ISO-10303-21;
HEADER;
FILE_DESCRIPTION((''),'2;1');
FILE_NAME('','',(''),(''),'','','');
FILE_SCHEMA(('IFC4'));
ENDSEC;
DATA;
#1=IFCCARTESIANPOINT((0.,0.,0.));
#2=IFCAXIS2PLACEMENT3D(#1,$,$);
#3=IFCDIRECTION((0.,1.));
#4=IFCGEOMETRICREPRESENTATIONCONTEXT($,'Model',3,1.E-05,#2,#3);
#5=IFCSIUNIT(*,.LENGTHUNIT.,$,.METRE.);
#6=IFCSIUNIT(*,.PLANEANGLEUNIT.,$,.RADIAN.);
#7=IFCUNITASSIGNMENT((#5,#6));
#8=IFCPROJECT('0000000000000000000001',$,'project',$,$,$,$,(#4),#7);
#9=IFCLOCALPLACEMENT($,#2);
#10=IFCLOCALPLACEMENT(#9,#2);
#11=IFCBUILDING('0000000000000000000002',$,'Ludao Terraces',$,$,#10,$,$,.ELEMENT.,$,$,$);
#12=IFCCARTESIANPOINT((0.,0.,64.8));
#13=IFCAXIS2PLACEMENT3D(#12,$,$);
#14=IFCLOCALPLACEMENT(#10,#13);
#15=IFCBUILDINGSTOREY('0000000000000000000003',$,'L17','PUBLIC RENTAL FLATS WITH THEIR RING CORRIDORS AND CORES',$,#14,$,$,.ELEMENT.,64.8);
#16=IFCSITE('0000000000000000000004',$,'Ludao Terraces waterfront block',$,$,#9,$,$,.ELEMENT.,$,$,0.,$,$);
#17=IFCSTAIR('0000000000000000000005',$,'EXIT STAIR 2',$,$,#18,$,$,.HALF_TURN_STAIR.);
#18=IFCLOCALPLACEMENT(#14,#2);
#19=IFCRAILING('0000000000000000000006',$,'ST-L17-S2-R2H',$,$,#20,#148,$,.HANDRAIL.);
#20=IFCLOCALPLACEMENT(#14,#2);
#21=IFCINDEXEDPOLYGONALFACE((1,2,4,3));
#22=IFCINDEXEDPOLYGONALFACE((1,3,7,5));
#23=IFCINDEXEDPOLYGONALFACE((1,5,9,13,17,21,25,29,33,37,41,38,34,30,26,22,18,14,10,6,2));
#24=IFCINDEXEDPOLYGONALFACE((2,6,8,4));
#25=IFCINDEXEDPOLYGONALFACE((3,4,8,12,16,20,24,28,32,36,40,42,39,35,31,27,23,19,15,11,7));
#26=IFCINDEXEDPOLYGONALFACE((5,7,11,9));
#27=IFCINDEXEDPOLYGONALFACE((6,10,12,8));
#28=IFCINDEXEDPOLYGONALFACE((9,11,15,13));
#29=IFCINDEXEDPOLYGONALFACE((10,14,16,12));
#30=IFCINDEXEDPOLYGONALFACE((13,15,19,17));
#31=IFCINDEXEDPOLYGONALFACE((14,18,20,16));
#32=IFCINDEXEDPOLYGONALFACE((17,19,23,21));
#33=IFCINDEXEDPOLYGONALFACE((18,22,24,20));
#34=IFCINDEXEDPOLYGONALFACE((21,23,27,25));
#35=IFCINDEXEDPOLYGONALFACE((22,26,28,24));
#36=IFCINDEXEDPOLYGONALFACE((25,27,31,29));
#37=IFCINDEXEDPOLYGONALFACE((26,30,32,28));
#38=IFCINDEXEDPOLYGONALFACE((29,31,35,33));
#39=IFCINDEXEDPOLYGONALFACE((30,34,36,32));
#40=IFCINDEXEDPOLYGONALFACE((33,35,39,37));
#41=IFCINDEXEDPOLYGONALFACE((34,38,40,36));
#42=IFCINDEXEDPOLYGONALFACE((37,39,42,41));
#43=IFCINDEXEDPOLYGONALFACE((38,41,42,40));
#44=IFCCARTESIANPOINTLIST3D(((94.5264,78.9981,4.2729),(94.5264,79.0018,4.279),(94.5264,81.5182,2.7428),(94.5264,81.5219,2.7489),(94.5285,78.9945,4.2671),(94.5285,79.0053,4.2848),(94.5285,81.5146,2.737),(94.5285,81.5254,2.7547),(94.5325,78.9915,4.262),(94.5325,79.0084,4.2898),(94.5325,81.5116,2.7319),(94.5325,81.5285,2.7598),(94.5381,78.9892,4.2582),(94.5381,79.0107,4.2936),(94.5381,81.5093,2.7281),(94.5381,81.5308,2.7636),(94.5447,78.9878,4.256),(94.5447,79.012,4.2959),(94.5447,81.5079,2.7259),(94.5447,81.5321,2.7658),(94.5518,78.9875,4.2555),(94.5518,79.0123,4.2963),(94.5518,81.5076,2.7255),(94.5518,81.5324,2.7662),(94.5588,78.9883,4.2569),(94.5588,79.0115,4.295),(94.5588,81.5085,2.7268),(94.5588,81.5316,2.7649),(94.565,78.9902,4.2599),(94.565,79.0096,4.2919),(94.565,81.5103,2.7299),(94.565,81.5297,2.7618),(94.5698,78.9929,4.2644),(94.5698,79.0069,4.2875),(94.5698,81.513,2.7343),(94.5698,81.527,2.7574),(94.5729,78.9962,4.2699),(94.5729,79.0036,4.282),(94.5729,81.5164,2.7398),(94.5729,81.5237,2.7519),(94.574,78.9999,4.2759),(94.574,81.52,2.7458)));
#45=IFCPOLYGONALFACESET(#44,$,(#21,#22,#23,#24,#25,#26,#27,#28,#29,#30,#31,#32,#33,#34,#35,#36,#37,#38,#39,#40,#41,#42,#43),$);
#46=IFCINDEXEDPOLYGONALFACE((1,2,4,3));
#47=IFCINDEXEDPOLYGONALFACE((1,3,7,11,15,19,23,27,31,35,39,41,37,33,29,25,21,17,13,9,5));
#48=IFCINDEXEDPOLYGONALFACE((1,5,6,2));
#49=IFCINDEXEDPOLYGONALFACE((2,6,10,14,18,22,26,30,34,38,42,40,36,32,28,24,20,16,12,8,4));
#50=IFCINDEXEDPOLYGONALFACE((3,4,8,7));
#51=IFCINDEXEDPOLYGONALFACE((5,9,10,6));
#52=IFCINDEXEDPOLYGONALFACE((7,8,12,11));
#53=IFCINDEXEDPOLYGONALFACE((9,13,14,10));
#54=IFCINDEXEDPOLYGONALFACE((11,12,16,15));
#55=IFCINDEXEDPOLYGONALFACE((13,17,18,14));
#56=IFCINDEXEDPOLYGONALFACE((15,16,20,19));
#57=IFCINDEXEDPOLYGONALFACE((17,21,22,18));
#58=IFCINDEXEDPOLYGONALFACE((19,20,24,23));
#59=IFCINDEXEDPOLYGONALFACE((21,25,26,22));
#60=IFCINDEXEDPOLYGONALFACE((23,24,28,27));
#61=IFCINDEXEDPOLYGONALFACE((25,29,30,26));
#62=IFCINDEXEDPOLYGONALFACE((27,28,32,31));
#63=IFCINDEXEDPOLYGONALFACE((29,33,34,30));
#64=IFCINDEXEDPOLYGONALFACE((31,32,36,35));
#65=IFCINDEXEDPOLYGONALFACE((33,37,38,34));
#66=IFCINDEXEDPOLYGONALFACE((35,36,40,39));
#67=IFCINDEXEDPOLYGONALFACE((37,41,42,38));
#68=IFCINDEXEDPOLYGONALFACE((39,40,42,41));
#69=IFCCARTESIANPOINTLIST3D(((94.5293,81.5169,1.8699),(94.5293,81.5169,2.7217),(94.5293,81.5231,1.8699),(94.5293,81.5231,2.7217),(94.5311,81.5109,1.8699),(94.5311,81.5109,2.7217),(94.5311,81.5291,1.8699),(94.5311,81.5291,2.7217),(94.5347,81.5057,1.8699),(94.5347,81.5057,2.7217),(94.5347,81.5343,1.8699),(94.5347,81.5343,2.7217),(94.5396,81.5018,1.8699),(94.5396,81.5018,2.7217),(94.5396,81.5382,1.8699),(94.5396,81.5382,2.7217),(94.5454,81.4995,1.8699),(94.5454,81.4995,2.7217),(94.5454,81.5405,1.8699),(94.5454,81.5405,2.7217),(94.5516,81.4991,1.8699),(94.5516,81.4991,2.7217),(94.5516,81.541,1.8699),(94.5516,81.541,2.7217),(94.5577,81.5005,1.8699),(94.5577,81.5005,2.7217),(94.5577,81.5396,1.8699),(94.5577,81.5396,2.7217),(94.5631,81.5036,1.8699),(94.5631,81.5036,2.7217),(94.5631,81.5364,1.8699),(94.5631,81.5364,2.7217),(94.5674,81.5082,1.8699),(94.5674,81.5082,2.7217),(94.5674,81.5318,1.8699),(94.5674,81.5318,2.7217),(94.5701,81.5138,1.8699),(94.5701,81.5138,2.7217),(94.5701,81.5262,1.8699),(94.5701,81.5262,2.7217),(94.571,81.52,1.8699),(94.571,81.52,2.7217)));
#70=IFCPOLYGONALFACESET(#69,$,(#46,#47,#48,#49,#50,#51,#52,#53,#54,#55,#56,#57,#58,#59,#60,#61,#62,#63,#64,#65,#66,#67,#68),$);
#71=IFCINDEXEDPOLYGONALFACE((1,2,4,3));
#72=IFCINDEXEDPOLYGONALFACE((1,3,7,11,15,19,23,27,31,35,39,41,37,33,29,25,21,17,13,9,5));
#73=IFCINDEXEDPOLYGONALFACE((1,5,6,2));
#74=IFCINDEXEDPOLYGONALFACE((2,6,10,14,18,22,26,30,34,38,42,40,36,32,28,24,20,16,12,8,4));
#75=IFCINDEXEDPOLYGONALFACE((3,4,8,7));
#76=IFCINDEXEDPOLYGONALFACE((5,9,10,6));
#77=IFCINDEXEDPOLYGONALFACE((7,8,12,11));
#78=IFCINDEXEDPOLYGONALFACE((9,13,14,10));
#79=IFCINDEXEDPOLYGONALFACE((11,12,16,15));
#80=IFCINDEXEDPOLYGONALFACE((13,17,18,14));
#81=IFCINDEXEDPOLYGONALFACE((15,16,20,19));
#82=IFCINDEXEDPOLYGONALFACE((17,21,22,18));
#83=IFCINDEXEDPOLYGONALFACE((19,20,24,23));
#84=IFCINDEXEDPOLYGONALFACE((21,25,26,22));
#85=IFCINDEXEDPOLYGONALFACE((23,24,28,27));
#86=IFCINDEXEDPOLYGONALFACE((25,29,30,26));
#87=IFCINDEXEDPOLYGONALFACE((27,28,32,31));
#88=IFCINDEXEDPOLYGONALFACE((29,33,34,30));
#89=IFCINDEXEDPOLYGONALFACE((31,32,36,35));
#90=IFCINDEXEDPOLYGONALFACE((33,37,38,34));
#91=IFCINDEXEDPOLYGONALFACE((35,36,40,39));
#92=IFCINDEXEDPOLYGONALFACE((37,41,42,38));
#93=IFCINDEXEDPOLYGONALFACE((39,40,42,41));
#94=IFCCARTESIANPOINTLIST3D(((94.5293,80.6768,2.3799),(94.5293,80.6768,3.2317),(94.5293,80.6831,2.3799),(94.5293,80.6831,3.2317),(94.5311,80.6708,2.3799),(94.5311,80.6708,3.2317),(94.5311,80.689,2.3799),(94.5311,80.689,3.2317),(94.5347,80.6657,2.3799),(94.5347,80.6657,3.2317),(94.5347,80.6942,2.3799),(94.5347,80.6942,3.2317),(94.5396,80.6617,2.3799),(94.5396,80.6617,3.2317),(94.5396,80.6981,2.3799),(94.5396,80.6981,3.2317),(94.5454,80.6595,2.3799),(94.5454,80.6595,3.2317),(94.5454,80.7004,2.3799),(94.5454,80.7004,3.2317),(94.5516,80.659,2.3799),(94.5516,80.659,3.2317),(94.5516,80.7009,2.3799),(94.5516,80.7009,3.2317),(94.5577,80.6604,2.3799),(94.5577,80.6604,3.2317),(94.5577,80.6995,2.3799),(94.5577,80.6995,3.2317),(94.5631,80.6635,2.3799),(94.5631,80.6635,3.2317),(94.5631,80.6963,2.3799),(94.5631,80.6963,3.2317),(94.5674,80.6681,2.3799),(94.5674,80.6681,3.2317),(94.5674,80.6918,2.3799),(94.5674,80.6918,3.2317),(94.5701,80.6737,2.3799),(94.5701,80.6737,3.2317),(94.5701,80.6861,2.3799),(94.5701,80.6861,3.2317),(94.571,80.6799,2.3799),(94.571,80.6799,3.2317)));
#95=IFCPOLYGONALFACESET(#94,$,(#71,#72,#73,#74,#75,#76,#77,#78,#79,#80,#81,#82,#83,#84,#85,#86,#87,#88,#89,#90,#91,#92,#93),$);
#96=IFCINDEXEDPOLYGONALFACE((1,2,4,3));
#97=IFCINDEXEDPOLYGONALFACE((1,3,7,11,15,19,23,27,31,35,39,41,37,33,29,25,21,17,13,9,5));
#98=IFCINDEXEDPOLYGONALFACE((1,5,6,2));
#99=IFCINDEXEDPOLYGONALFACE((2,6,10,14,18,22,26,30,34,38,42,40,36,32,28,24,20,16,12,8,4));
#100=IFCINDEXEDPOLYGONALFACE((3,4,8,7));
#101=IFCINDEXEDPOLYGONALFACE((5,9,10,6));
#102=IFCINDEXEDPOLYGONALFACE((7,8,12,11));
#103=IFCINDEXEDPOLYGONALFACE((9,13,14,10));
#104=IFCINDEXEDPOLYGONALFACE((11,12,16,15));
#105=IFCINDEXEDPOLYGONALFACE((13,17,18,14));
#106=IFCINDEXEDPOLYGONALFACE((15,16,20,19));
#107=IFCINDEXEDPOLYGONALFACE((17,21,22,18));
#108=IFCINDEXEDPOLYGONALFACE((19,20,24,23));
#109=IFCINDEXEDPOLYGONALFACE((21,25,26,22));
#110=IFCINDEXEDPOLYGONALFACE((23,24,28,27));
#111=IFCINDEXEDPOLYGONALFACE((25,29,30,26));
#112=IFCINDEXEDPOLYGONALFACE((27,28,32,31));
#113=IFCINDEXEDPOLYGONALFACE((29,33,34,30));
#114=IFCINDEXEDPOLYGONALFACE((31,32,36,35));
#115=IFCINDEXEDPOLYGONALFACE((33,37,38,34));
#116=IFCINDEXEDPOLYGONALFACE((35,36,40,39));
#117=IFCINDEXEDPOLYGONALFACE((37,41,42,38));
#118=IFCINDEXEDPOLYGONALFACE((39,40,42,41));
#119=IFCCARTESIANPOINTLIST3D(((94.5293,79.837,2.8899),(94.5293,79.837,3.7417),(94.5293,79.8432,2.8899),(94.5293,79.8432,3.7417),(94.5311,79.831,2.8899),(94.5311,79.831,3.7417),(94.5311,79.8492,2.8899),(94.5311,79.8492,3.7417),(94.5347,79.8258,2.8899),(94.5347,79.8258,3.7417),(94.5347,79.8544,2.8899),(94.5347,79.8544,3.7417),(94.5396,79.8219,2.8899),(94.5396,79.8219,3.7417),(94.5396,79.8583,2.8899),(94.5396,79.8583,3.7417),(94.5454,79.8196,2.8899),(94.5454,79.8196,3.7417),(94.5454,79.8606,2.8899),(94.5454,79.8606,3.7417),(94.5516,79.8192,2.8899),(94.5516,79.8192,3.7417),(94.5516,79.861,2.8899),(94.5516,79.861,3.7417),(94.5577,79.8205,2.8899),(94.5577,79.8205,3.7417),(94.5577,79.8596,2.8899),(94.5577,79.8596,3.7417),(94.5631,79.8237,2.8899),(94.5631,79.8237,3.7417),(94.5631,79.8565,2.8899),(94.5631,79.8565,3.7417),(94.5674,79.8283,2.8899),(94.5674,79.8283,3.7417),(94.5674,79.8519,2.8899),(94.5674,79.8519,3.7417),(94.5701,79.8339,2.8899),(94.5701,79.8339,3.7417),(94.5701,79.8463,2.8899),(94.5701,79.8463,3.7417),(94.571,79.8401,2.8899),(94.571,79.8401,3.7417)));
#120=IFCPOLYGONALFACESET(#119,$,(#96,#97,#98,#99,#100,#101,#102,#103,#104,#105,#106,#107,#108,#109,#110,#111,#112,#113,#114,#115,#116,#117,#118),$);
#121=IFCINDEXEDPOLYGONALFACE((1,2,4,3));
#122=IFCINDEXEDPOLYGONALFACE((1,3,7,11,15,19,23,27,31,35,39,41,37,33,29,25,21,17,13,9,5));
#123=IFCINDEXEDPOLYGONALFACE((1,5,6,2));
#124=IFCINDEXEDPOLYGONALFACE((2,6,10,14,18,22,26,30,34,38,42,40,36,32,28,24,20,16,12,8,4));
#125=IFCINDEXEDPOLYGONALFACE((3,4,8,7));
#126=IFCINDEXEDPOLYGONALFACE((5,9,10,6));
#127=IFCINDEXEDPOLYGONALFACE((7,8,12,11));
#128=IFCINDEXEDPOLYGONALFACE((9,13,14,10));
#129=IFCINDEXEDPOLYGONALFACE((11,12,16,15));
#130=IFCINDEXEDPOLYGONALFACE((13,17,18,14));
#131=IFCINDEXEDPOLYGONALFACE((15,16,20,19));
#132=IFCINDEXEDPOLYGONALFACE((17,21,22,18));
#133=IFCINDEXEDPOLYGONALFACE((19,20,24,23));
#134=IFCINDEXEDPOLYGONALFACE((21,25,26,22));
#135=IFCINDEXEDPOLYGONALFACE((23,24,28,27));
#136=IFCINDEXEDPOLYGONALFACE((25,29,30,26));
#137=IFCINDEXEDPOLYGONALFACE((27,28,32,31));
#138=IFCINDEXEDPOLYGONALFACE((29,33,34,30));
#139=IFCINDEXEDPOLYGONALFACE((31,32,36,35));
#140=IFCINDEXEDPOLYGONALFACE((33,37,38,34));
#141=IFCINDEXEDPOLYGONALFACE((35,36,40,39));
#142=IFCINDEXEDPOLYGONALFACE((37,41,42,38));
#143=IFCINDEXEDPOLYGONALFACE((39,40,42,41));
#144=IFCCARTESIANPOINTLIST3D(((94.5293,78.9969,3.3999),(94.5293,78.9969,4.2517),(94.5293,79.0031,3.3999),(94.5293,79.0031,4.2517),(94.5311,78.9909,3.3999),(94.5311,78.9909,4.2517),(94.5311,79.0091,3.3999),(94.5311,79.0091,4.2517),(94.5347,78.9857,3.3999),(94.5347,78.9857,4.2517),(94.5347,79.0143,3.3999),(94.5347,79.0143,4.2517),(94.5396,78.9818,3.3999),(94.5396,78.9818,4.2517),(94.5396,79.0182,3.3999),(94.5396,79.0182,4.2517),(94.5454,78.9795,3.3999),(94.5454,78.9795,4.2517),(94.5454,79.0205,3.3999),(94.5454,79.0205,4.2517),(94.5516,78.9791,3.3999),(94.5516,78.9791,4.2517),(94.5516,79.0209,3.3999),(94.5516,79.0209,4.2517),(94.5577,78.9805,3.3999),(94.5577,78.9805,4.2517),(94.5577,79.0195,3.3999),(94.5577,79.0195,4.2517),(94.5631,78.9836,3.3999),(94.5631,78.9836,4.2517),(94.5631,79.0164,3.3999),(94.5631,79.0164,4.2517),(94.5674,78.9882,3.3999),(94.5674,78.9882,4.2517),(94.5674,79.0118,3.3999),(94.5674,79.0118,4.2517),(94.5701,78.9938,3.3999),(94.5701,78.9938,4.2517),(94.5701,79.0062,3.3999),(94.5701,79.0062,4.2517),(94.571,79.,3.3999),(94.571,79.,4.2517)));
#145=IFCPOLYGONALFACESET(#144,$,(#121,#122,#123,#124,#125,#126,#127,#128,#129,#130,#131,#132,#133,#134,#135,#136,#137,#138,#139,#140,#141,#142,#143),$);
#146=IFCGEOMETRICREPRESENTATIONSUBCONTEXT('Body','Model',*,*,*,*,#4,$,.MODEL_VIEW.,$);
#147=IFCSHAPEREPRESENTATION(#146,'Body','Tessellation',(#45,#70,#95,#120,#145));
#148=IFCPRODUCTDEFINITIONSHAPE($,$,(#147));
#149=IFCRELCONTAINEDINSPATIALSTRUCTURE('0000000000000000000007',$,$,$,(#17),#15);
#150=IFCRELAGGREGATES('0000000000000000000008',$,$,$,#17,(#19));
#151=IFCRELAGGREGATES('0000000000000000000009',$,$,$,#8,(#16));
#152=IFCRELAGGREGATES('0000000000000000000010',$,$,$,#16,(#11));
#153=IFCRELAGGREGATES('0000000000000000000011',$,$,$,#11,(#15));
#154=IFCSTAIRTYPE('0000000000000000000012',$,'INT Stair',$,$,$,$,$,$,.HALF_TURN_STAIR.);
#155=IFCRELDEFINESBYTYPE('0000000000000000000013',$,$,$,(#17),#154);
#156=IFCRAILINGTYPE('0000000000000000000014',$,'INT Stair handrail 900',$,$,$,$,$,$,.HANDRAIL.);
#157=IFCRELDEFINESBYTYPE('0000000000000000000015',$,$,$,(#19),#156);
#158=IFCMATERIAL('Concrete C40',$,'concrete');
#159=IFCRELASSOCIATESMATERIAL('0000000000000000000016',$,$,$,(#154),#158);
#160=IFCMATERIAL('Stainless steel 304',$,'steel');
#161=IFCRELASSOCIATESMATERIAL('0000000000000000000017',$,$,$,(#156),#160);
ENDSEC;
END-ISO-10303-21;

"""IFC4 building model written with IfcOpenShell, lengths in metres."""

from ifc_helpers import new_model, si_unit, direction, frame, origin, origin_2d, place, context, subcontext, project, spatial, circle, extrude, material, type_object, element, aggregate, save


model = new_model("IFC4")

# Units and contexts
model_context = context("Model", 3, precision=1e-05, world=origin(), true_north=direction((0.0, 1.0)))
body_context = subcontext(model_context, "Body", "Model", "MODEL_VIEW")
ifc_project = project(units=[si_unit("LENGTHUNIT", "METRE"), si_unit("PLANEANGLEUNIT", "RADIAN")], contexts=[model_context])

# Site, building, storey
site_placement = place(None, origin())
site = spatial("IfcSite", under=ifc_project, at=site_placement, Name="Ludao Terraces waterfront block", CompositionType="ELEMENT", RefElevation=0.0)
building_placement = place(site_placement, origin())
building = spatial("IfcBuilding", under=site, at=building_placement, Name="Ludao Terraces", CompositionType="ELEMENT")
storey_placement = place(building_placement, frame((0.0, 0.0, 64.8)))
storey = spatial("IfcBuildingStorey", under=building, at=storey_placement, Name="L17", Description="PUBLIC RENTAL FLATS WITH THEIR RING CORRIDORS AND CORES", CompositionType="ELEMENT", Elevation=64.8)

# Shared definitions
ifc_material_1 = material(Name="Concrete C40", Category="concrete")

# Shared definitions
ifc_material_2 = material(Name="Stainless steel 304", Category="steel")

# Stair, railing
stair_type = type_object("IfcStairType", Name="INT Stair", PredefinedType="HALF_TURN_STAIR", material=ifc_material_1)
stair_placement = place(storey_placement, origin())
stair = element("IfcStair", 1, at=stair_placement, inside=storey, type_object=stair_type, Name="EXIT STAIR 2", PredefinedType="HALF_TURN_STAIR")
railing_type_1 = type_object("IfcRailingType", Name="INT Stair handrail 900", PredefinedType="HANDRAIL", material=ifc_material_2)
railing_1_placement = place(storey_placement, frame((94.55, 81.52, 1.8699)))
railing_1 = element("IfcRailing", 2, at=railing_1_placement, type_object=railing_type_1, Name="ST-L17-S2-R2H", PredefinedType="HANDRAIL", context=body_context, shape_type="SweptSolid", body=[
    extrude(circle(Radius=0.0239, at=origin_2d()), frame((0.0, 0.0, 0.876), z_axis=(0.0, -0.854785, 0.518982), x_axis=(1.0, 0.0, 0.0)), (0.0, 0.0, 1.0), 2.9482),
    extrude(circle(Radius=0.021, at=origin_2d()), origin(), (0.0, 0.0, 1.0), 0.8518),
    extrude(circle(Radius=0.021, at=origin_2d()), frame((0.0, -0.8401, 0.51)), (0.0, 0.0, 1.0), 0.8518),
    extrude(circle(Radius=0.021, at=origin_2d()), frame((0.0, -1.6799, 1.02)), (0.0, 0.0, 1.0), 0.8518),
    extrude(circle(Radius=0.021, at=origin_2d()), frame((0.0, -2.52, 1.53)), (0.0, 0.0, 1.0), 0.8518),
])
aggregate(stair, [railing_1])

save(model, "model.ifc")
